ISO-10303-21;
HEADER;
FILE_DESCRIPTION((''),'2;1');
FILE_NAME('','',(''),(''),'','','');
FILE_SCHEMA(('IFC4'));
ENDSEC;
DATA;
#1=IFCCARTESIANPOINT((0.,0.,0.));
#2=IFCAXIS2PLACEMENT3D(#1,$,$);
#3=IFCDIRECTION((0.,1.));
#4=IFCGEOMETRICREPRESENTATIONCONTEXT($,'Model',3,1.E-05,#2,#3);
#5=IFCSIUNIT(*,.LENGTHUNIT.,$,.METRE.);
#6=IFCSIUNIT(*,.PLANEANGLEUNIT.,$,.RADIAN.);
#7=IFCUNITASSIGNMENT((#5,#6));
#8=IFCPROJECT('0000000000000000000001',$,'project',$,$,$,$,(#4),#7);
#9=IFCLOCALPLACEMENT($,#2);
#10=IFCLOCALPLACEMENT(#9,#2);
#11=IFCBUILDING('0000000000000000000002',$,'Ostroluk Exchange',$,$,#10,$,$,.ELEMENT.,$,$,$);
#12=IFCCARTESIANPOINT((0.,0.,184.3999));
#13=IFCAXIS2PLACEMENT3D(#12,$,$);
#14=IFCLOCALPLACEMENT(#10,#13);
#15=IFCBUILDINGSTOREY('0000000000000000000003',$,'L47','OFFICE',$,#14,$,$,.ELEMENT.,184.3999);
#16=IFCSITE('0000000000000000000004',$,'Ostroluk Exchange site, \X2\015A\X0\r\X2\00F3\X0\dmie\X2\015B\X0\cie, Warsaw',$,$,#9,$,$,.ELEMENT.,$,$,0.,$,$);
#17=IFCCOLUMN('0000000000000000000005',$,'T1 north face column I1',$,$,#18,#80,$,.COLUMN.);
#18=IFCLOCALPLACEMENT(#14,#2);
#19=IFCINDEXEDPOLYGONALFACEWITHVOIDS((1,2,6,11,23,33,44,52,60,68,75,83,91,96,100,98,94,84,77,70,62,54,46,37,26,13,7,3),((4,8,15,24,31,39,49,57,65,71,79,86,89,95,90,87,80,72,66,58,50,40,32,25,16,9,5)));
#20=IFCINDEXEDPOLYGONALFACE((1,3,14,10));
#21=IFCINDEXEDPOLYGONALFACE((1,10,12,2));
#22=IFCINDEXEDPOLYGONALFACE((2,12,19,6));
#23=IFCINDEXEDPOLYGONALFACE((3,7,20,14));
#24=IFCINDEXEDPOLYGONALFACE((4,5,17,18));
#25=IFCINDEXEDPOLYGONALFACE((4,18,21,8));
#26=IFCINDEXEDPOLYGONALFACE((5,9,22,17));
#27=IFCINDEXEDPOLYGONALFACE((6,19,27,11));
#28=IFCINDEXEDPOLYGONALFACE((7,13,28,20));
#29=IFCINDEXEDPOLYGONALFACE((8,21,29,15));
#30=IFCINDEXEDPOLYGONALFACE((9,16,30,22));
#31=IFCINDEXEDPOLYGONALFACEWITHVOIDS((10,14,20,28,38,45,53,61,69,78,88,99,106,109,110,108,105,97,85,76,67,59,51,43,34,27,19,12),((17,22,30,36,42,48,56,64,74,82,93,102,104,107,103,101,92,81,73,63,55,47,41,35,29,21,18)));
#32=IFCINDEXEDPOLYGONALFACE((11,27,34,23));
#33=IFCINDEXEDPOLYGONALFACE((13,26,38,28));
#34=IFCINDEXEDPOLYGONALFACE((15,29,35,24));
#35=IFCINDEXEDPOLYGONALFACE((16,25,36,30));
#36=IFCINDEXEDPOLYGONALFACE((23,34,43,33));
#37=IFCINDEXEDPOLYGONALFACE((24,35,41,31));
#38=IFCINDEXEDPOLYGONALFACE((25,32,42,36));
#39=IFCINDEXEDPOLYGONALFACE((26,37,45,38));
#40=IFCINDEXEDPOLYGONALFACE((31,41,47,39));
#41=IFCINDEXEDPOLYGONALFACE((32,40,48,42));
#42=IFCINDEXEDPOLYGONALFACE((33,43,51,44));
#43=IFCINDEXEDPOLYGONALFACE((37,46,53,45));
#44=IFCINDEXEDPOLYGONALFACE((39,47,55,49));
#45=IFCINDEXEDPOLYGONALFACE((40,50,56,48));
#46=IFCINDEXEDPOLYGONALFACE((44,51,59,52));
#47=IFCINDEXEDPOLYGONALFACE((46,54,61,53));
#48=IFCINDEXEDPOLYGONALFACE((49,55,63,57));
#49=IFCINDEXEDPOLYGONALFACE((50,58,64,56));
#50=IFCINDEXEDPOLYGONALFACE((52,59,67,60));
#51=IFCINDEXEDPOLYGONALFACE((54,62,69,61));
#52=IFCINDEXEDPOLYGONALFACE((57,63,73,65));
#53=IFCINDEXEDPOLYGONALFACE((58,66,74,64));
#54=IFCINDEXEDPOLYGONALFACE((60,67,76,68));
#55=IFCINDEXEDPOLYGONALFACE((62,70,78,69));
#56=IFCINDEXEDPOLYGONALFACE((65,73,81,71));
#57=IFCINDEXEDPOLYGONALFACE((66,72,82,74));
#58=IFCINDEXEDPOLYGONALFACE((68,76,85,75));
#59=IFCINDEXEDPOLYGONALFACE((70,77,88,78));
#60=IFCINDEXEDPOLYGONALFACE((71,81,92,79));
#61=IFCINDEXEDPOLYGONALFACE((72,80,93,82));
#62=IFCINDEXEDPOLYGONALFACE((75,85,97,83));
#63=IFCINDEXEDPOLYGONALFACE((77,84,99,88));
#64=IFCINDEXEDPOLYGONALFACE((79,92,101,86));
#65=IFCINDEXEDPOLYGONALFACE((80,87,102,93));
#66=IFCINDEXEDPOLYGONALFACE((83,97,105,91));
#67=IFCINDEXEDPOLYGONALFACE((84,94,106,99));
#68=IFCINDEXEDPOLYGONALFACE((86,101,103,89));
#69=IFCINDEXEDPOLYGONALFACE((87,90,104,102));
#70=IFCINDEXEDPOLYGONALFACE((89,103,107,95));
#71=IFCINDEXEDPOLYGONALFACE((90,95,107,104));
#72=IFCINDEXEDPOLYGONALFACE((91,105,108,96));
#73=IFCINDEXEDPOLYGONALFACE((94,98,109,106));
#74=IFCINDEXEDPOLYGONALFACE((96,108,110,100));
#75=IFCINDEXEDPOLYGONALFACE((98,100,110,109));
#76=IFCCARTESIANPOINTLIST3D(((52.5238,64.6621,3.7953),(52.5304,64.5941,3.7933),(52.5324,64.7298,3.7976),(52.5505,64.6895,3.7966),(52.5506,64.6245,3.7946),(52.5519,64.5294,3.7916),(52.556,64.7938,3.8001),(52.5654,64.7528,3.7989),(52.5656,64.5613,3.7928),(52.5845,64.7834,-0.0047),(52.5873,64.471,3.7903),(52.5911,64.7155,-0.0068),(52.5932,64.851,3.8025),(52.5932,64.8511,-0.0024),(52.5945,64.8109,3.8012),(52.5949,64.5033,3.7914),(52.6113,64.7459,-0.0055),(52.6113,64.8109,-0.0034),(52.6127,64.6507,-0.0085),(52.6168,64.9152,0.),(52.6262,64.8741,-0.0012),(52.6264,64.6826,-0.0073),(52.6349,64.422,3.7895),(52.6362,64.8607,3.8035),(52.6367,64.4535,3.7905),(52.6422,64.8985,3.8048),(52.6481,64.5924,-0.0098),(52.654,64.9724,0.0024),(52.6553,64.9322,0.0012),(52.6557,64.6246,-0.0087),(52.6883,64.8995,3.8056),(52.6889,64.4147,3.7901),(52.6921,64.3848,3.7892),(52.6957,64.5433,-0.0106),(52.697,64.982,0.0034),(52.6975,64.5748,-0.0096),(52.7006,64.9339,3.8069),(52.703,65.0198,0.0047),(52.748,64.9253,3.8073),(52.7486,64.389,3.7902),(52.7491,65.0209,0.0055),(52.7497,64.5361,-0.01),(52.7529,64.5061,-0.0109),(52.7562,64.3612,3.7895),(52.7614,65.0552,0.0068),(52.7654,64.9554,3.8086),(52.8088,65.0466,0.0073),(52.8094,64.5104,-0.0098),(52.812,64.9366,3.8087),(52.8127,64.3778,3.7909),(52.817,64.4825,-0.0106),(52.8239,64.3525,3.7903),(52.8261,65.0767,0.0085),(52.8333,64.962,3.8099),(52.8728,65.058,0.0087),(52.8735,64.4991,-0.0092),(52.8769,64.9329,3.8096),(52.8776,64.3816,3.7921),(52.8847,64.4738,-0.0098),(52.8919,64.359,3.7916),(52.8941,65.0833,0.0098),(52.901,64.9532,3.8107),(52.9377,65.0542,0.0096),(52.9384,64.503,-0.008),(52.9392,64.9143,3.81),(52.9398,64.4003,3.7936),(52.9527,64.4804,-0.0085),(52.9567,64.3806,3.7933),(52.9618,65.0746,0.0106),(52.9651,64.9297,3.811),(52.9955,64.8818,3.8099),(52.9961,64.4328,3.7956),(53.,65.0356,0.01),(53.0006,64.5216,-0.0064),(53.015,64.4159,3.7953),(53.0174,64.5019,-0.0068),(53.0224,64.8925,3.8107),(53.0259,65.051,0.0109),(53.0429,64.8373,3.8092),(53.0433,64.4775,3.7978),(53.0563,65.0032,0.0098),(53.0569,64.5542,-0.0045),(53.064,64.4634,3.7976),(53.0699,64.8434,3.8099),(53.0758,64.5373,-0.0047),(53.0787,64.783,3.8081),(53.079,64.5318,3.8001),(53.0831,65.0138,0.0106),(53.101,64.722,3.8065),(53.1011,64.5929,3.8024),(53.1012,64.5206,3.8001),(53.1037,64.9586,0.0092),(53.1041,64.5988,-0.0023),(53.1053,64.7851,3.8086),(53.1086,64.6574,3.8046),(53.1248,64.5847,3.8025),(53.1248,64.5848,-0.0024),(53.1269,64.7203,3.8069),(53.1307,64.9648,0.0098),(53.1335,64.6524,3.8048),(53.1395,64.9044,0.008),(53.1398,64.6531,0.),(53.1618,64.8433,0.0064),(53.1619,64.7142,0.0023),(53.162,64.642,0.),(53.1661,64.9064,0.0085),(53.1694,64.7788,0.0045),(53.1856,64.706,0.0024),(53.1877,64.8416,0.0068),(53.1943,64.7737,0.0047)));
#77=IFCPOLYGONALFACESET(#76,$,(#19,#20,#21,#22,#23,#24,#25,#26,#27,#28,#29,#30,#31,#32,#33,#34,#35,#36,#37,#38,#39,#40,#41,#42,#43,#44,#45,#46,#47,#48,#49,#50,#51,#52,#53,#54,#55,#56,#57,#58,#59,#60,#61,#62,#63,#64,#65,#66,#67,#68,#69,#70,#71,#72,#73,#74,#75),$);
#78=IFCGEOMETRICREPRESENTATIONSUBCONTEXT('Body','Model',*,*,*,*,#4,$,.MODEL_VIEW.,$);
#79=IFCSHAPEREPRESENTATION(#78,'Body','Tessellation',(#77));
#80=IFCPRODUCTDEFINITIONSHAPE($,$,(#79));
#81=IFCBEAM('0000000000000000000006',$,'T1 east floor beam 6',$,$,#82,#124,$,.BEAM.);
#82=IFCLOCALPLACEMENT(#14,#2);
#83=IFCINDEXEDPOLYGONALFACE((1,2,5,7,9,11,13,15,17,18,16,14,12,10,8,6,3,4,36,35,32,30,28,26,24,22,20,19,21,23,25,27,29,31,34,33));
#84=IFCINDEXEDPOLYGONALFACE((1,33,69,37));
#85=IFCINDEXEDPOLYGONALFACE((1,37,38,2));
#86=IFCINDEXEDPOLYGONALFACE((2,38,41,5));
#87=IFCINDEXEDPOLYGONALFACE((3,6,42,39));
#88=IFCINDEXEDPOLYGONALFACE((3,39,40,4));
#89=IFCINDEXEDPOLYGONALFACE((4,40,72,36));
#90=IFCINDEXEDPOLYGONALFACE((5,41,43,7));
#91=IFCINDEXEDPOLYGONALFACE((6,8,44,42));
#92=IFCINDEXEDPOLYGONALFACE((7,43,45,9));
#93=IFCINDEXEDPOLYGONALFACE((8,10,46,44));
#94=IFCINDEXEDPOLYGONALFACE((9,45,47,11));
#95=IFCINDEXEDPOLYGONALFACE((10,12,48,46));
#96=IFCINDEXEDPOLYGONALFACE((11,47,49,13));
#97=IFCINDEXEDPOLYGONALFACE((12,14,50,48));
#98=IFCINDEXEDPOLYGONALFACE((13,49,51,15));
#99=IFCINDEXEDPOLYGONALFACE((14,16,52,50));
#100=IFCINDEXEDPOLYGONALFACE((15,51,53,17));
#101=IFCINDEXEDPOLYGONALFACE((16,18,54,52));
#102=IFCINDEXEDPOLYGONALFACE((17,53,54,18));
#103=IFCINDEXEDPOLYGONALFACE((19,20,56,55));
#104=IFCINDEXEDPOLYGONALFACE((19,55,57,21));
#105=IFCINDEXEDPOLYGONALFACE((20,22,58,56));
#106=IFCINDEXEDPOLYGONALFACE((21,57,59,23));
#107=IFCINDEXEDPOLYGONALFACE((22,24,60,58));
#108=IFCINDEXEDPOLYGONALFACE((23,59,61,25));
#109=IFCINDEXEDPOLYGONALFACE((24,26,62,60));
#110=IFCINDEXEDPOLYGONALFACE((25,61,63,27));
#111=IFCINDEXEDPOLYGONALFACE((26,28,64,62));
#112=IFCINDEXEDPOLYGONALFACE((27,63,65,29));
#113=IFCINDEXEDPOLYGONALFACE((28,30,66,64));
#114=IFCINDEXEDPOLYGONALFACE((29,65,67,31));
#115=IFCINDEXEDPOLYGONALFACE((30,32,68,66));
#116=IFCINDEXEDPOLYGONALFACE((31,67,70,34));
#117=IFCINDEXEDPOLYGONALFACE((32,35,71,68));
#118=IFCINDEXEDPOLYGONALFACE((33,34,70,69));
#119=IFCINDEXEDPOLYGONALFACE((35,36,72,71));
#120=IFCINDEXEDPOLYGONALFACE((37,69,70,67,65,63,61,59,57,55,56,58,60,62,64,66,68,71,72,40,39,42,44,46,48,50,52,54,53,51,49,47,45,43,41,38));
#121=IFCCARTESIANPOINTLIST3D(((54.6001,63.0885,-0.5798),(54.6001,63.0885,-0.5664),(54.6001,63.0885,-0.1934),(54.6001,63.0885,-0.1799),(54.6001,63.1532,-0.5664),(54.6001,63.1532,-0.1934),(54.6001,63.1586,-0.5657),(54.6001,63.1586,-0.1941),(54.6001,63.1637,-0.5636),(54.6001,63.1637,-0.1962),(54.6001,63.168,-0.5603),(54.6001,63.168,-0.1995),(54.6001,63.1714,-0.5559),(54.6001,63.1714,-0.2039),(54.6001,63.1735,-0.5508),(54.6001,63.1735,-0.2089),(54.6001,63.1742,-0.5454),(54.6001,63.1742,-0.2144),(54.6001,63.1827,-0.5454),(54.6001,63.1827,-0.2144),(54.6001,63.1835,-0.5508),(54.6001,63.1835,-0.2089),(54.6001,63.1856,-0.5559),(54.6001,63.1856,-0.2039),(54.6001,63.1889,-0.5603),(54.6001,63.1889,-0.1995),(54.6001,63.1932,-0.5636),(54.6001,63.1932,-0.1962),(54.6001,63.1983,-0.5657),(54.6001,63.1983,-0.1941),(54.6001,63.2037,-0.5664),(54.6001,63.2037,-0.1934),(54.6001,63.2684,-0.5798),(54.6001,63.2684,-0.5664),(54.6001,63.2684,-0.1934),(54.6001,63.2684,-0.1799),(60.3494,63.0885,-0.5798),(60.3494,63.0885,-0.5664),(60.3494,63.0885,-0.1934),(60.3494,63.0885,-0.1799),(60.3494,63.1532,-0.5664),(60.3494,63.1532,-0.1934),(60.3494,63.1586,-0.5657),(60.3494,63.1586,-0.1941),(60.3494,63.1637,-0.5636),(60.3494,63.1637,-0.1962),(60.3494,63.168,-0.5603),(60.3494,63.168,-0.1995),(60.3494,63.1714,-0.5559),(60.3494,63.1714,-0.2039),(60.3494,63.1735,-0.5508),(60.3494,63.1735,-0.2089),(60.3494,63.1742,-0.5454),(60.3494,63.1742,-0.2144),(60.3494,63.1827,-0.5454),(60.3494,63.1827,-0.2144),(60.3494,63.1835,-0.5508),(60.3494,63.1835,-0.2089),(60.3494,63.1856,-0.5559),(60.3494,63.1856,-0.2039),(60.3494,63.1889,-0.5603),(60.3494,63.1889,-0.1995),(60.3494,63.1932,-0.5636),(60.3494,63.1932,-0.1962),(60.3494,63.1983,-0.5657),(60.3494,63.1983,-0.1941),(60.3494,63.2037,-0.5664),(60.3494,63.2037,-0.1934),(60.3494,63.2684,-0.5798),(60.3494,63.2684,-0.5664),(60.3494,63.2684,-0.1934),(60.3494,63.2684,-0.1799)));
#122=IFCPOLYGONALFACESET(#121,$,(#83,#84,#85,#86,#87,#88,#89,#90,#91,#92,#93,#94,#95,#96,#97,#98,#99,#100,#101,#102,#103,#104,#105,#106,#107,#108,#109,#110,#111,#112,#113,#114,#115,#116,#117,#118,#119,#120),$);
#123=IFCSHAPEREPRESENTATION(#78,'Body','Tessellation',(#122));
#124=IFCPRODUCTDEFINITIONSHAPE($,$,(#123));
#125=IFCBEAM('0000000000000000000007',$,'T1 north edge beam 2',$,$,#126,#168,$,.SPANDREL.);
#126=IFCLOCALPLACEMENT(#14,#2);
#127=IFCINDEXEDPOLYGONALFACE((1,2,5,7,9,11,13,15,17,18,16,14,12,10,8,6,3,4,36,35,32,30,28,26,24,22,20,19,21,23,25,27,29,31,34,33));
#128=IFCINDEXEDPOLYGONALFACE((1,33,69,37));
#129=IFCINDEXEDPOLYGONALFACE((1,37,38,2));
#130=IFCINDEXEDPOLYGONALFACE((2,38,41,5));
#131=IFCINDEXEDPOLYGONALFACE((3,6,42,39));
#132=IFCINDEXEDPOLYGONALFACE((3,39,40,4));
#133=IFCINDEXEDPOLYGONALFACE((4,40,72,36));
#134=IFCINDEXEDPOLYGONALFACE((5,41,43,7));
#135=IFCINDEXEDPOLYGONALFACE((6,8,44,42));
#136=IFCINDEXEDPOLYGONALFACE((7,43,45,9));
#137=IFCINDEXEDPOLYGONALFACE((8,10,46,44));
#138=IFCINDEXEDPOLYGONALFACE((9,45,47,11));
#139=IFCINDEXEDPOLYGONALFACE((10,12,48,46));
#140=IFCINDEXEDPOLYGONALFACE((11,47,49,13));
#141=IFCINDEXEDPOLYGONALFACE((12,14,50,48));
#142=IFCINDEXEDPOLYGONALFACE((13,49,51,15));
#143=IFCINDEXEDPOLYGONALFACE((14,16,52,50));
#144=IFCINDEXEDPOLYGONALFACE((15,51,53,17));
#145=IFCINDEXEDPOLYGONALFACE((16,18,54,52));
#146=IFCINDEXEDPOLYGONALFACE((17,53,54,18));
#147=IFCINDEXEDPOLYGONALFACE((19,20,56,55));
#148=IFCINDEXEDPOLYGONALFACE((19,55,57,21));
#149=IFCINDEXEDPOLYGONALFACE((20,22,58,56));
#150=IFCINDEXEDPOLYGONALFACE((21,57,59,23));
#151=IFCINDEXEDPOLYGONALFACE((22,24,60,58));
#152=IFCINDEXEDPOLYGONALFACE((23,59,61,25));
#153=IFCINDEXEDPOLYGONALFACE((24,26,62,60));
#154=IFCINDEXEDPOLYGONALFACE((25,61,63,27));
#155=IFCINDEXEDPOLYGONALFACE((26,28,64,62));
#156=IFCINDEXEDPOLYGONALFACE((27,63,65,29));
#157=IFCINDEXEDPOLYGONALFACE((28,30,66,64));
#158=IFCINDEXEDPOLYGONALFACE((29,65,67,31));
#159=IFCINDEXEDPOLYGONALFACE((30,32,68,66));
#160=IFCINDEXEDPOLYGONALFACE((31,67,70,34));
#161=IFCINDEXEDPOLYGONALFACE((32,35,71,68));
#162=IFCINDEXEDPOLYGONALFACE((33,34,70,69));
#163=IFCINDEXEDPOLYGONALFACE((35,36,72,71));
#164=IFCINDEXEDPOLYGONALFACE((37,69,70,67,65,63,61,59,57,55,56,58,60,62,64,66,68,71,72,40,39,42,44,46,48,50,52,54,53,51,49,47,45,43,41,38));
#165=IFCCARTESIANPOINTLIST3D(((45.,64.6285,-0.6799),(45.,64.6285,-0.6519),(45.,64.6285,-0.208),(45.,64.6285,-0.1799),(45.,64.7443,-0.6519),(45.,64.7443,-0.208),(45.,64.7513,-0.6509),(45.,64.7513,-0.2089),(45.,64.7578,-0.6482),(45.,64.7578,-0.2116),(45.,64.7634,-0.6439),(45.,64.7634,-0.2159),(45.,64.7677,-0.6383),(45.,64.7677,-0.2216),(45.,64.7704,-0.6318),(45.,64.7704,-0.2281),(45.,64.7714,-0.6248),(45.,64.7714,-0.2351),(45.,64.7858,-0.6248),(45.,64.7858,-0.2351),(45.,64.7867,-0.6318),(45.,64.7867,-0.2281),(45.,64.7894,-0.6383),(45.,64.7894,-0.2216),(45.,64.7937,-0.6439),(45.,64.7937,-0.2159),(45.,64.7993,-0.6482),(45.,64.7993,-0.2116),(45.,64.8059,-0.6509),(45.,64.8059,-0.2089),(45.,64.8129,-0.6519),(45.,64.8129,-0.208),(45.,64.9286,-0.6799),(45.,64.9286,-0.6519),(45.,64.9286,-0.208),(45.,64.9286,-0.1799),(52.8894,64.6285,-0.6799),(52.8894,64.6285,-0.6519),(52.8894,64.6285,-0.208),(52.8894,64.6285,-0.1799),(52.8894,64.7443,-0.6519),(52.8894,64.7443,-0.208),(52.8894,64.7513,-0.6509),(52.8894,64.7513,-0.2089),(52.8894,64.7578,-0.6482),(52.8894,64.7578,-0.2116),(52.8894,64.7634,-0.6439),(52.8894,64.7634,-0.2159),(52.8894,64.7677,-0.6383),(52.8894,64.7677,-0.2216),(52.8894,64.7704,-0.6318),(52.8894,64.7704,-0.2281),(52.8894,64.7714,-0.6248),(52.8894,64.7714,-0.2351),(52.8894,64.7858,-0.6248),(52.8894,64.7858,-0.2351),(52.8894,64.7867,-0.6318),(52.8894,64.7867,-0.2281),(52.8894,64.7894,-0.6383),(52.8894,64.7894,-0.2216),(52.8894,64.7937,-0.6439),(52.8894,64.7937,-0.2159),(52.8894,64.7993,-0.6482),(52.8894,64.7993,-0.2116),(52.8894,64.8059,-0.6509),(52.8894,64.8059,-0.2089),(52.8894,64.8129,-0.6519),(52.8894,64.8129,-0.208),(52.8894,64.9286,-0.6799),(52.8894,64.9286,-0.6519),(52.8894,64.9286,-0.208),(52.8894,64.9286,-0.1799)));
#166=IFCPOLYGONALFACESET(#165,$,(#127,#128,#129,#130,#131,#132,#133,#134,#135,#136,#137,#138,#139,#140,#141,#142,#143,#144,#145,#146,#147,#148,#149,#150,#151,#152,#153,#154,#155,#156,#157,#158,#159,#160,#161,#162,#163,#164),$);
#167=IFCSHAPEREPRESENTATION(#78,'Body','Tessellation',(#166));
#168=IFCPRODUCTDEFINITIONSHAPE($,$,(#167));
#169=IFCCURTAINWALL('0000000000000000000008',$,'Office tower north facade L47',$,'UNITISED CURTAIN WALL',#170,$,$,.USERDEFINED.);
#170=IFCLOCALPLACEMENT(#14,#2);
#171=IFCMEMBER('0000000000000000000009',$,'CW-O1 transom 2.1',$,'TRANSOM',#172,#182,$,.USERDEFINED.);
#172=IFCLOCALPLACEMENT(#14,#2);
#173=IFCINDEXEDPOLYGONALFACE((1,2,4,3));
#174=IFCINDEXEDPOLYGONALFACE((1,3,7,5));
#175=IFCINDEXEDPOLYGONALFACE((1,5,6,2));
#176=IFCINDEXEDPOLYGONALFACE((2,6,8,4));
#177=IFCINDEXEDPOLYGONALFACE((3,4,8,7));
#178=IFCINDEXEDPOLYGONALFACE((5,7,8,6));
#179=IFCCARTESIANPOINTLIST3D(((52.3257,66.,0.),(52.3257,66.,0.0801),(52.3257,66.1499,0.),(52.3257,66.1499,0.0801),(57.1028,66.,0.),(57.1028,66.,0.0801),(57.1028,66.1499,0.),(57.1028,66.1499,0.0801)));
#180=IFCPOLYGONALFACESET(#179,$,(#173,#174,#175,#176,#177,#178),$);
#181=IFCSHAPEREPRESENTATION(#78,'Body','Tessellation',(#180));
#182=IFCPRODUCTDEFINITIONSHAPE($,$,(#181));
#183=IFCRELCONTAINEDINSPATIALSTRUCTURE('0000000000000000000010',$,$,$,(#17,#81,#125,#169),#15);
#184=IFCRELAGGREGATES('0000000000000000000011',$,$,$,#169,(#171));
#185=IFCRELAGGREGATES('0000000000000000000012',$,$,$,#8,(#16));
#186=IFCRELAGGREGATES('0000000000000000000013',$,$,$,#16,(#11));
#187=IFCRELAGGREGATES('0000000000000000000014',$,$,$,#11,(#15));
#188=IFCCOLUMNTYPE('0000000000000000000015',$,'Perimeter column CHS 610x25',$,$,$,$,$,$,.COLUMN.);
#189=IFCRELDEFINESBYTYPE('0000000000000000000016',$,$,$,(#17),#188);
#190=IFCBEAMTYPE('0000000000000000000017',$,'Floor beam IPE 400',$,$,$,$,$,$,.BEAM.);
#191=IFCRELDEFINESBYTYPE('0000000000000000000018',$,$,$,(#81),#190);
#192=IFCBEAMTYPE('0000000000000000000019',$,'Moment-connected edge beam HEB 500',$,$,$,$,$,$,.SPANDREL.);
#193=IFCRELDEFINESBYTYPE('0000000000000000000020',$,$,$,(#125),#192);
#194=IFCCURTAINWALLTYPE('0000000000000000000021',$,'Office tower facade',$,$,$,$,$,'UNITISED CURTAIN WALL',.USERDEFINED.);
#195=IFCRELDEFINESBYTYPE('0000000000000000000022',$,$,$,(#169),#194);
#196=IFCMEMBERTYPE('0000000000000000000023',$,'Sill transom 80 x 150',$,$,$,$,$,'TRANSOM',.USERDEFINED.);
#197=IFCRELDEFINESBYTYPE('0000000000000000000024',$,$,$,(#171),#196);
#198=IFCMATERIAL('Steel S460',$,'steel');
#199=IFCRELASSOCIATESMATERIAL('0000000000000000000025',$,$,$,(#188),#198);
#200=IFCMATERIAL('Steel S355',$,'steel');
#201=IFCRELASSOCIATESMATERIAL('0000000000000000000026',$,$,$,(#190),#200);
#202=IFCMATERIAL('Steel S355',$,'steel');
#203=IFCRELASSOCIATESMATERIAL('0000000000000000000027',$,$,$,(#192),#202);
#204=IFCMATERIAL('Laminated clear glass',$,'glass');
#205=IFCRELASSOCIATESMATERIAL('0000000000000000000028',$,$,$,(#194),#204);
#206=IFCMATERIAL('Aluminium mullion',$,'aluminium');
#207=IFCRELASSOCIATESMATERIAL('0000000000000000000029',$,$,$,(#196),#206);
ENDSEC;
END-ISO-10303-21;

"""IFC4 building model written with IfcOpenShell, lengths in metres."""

from ifc_helpers import new_model, si_unit, direction, frame, origin, origin_2d, place, context, subcontext, project, spatial, rectangle, hollow_circle, i_section, extrude, material, material_profile, profile_set, type_object, element, aggregate, save


model = new_model("IFC4")

# Units and contexts
model_context = context("Model", 3, precision=1e-05, world=origin(), true_north=direction((0.0, 1.0)))
body_context = subcontext(model_context, "Body", "Model", "MODEL_VIEW")
ifc_project = project(units=[si_unit("LENGTHUNIT", "METRE"), si_unit("PLANEANGLEUNIT", "RADIAN")], contexts=[model_context])

# Site, building, storey
site_placement = place(None, origin())
site = spatial("IfcSite", under=ifc_project, at=site_placement, Name="Ostroluk Exchange site, Śródmieście, Warsaw", CompositionType="ELEMENT", RefElevation=0.0)
building_placement = place(site_placement, origin())
building = spatial("IfcBuilding", under=site, at=building_placement, Name="Ostroluk Exchange", CompositionType="ELEMENT")
storey_placement = place(building_placement, frame((0.0, 0.0, 184.3999)))
storey = spatial("IfcBuildingStorey", under=building, at=storey_placement, Name="L47", Description="OFFICE", CompositionType="ELEMENT", Elevation=184.3999)

# Column
ifc_material_1 = material(Name="Steel S460", Category="steel")
ifc_material_profile_1 = material_profile(ifc_material_1, hollow_circle(Radius=0.3049, WallThickness=0.0249, at=origin_2d()), Name="CHS 610x25")
ifc_profile_set_1 = profile_set([ifc_material_profile_1], Name="Steel S460")
column_type = type_object("IfcColumnType", Name="Perimeter column CHS 610x25", PredefinedType="COLUMN", material=ifc_profile_set_1)
column_placement = place(storey_placement, frame((52.8894, 64.7786, 0.0), z_axis=(-0.015987, -0.03191, 0.999363), x_axis=(0.894067, -0.447933, 0.0)))
element("IfcColumn", 1, at=column_placement, inside=storey, type_object=column_type, Name="T1 north face column I1", PredefinedType="COLUMN", context=body_context, shape_type="SweptSolid", body=[
    extrude(hollow_circle(Radius=0.3049, WallThickness=0.0249, at=origin_2d()), origin(), (0.0, 0.0, 1.0), 3.8025),
])

# Beams
ifc_material_2 = material(Name="Steel S355", Category="steel")
ifc_material_profile_2 = material_profile(ifc_material_2, i_section(OverallWidth=0.1799, OverallDepth=0.3999, WebThickness=0.0085, FlangeThickness=0.0134, FilletRadius=0.021, at=origin_2d()), Name="IPE 400")
ifc_profile_set_2 = profile_set([ifc_material_profile_2], Name="Steel S355")
beam_type_1 = type_object("IfcBeamType", Name="Floor beam IPE 400", PredefinedType="BEAM", material=ifc_profile_set_2)
beam_1_placement = place(storey_placement, frame((54.6001, 63.1785, -0.3799), z_axis=(1.0, 0.0, 0.0), x_axis=(0.0, 1.0, 0.0)))
element("IfcBeam", 2, at=beam_1_placement, inside=storey, type_object=beam_type_1, Name="T1 east floor beam 6", PredefinedType="BEAM", context=body_context, shape_type="SweptSolid", body=[
    extrude(i_section(OverallWidth=0.1799, OverallDepth=0.3999, WebThickness=0.0085, FlangeThickness=0.0134, FilletRadius=0.021, at=origin_2d()), origin(), (0.0, 0.0, 1.0), 5.7493),
])
ifc_material_3 = material(Name="Steel S355", Category="steel")
ifc_material_profile_3 = material_profile(ifc_material_3, i_section(OverallWidth=0.3, OverallDepth=0.5, WebThickness=0.0144, FlangeThickness=0.0281, FilletRadius=0.0271, at=origin_2d()), Name="HEB 500")
ifc_profile_set_3 = profile_set([ifc_material_profile_3], Name="Steel S355")
beam_type_2 = type_object("IfcBeamType", Name="Moment-connected edge beam HEB 500", PredefinedType="SPANDREL", material=ifc_profile_set_3)
beam_2_placement = place(storey_placement, frame((52.8894, 64.7786, -0.4299), z_axis=(-1.0, 0.0, 0.0), x_axis=(0.0, -1.0, 0.0)))
element("IfcBeam", 3, at=beam_2_placement, inside=storey, type_object=beam_type_2, Name="T1 north edge beam 2", PredefinedType="SPANDREL", context=body_context, shape_type="SweptSolid", body=[
    extrude(i_section(OverallWidth=0.3, OverallDepth=0.5, WebThickness=0.0144, FlangeThickness=0.0281, FilletRadius=0.0271, at=origin_2d()), origin(), (0.0, 0.0, 1.0), 7.8894),
])

# Curtain wall, member
ifc_material_4 = material(Name="Laminated clear glass", Category="glass")
curtain_wall_type = type_object("IfcCurtainWallType", Name="Office tower facade", ElementType="UNITISED CURTAIN WALL", PredefinedType="USERDEFINED", material=ifc_material_4)
curtain_wall_placement = place(storey_placement, origin())
curtain_wall = element("IfcCurtainWall", 4, at=curtain_wall_placement, inside=storey, type_object=curtain_wall_type, Name="Office tower north facade L47", ObjectType="UNITISED CURTAIN WALL", PredefinedType="USERDEFINED")
ifc_material_5 = material(Name="Aluminium mullion", Category="aluminium")
ifc_material_profile_4 = material_profile(ifc_material_5, rectangle(XDim=0.1499, YDim=0.0801, at=origin_2d()), Name="Sill transom 80 x 150")
ifc_profile_set_4 = profile_set([ifc_material_profile_4], Name="Aluminium mullion")
member_type_1 = type_object("IfcMemberType", Name="Sill transom 80 x 150", ElementType="TRANSOM", PredefinedType="USERDEFINED", material=ifc_profile_set_4)
member_1_placement = place(storey_placement, frame((57.1028, 66.075, 0.04), z_axis=(-1.0, 0.0, 0.0), x_axis=(0.0, -1.0, 0.0)))
member_1 = element("IfcMember", 5, at=member_1_placement, type_object=member_type_1, Name="CW-O1 transom 2.1", ObjectType="TRANSOM", PredefinedType="USERDEFINED", context=body_context, shape_type="SweptSolid", body=[
    extrude(rectangle(XDim=0.1499, YDim=0.0801, at=origin_2d()), origin(), (0.0, 0.0, 1.0), 4.7771),
])
aggregate(curtain_wall, [member_1])

save(model, "model.ifc")
